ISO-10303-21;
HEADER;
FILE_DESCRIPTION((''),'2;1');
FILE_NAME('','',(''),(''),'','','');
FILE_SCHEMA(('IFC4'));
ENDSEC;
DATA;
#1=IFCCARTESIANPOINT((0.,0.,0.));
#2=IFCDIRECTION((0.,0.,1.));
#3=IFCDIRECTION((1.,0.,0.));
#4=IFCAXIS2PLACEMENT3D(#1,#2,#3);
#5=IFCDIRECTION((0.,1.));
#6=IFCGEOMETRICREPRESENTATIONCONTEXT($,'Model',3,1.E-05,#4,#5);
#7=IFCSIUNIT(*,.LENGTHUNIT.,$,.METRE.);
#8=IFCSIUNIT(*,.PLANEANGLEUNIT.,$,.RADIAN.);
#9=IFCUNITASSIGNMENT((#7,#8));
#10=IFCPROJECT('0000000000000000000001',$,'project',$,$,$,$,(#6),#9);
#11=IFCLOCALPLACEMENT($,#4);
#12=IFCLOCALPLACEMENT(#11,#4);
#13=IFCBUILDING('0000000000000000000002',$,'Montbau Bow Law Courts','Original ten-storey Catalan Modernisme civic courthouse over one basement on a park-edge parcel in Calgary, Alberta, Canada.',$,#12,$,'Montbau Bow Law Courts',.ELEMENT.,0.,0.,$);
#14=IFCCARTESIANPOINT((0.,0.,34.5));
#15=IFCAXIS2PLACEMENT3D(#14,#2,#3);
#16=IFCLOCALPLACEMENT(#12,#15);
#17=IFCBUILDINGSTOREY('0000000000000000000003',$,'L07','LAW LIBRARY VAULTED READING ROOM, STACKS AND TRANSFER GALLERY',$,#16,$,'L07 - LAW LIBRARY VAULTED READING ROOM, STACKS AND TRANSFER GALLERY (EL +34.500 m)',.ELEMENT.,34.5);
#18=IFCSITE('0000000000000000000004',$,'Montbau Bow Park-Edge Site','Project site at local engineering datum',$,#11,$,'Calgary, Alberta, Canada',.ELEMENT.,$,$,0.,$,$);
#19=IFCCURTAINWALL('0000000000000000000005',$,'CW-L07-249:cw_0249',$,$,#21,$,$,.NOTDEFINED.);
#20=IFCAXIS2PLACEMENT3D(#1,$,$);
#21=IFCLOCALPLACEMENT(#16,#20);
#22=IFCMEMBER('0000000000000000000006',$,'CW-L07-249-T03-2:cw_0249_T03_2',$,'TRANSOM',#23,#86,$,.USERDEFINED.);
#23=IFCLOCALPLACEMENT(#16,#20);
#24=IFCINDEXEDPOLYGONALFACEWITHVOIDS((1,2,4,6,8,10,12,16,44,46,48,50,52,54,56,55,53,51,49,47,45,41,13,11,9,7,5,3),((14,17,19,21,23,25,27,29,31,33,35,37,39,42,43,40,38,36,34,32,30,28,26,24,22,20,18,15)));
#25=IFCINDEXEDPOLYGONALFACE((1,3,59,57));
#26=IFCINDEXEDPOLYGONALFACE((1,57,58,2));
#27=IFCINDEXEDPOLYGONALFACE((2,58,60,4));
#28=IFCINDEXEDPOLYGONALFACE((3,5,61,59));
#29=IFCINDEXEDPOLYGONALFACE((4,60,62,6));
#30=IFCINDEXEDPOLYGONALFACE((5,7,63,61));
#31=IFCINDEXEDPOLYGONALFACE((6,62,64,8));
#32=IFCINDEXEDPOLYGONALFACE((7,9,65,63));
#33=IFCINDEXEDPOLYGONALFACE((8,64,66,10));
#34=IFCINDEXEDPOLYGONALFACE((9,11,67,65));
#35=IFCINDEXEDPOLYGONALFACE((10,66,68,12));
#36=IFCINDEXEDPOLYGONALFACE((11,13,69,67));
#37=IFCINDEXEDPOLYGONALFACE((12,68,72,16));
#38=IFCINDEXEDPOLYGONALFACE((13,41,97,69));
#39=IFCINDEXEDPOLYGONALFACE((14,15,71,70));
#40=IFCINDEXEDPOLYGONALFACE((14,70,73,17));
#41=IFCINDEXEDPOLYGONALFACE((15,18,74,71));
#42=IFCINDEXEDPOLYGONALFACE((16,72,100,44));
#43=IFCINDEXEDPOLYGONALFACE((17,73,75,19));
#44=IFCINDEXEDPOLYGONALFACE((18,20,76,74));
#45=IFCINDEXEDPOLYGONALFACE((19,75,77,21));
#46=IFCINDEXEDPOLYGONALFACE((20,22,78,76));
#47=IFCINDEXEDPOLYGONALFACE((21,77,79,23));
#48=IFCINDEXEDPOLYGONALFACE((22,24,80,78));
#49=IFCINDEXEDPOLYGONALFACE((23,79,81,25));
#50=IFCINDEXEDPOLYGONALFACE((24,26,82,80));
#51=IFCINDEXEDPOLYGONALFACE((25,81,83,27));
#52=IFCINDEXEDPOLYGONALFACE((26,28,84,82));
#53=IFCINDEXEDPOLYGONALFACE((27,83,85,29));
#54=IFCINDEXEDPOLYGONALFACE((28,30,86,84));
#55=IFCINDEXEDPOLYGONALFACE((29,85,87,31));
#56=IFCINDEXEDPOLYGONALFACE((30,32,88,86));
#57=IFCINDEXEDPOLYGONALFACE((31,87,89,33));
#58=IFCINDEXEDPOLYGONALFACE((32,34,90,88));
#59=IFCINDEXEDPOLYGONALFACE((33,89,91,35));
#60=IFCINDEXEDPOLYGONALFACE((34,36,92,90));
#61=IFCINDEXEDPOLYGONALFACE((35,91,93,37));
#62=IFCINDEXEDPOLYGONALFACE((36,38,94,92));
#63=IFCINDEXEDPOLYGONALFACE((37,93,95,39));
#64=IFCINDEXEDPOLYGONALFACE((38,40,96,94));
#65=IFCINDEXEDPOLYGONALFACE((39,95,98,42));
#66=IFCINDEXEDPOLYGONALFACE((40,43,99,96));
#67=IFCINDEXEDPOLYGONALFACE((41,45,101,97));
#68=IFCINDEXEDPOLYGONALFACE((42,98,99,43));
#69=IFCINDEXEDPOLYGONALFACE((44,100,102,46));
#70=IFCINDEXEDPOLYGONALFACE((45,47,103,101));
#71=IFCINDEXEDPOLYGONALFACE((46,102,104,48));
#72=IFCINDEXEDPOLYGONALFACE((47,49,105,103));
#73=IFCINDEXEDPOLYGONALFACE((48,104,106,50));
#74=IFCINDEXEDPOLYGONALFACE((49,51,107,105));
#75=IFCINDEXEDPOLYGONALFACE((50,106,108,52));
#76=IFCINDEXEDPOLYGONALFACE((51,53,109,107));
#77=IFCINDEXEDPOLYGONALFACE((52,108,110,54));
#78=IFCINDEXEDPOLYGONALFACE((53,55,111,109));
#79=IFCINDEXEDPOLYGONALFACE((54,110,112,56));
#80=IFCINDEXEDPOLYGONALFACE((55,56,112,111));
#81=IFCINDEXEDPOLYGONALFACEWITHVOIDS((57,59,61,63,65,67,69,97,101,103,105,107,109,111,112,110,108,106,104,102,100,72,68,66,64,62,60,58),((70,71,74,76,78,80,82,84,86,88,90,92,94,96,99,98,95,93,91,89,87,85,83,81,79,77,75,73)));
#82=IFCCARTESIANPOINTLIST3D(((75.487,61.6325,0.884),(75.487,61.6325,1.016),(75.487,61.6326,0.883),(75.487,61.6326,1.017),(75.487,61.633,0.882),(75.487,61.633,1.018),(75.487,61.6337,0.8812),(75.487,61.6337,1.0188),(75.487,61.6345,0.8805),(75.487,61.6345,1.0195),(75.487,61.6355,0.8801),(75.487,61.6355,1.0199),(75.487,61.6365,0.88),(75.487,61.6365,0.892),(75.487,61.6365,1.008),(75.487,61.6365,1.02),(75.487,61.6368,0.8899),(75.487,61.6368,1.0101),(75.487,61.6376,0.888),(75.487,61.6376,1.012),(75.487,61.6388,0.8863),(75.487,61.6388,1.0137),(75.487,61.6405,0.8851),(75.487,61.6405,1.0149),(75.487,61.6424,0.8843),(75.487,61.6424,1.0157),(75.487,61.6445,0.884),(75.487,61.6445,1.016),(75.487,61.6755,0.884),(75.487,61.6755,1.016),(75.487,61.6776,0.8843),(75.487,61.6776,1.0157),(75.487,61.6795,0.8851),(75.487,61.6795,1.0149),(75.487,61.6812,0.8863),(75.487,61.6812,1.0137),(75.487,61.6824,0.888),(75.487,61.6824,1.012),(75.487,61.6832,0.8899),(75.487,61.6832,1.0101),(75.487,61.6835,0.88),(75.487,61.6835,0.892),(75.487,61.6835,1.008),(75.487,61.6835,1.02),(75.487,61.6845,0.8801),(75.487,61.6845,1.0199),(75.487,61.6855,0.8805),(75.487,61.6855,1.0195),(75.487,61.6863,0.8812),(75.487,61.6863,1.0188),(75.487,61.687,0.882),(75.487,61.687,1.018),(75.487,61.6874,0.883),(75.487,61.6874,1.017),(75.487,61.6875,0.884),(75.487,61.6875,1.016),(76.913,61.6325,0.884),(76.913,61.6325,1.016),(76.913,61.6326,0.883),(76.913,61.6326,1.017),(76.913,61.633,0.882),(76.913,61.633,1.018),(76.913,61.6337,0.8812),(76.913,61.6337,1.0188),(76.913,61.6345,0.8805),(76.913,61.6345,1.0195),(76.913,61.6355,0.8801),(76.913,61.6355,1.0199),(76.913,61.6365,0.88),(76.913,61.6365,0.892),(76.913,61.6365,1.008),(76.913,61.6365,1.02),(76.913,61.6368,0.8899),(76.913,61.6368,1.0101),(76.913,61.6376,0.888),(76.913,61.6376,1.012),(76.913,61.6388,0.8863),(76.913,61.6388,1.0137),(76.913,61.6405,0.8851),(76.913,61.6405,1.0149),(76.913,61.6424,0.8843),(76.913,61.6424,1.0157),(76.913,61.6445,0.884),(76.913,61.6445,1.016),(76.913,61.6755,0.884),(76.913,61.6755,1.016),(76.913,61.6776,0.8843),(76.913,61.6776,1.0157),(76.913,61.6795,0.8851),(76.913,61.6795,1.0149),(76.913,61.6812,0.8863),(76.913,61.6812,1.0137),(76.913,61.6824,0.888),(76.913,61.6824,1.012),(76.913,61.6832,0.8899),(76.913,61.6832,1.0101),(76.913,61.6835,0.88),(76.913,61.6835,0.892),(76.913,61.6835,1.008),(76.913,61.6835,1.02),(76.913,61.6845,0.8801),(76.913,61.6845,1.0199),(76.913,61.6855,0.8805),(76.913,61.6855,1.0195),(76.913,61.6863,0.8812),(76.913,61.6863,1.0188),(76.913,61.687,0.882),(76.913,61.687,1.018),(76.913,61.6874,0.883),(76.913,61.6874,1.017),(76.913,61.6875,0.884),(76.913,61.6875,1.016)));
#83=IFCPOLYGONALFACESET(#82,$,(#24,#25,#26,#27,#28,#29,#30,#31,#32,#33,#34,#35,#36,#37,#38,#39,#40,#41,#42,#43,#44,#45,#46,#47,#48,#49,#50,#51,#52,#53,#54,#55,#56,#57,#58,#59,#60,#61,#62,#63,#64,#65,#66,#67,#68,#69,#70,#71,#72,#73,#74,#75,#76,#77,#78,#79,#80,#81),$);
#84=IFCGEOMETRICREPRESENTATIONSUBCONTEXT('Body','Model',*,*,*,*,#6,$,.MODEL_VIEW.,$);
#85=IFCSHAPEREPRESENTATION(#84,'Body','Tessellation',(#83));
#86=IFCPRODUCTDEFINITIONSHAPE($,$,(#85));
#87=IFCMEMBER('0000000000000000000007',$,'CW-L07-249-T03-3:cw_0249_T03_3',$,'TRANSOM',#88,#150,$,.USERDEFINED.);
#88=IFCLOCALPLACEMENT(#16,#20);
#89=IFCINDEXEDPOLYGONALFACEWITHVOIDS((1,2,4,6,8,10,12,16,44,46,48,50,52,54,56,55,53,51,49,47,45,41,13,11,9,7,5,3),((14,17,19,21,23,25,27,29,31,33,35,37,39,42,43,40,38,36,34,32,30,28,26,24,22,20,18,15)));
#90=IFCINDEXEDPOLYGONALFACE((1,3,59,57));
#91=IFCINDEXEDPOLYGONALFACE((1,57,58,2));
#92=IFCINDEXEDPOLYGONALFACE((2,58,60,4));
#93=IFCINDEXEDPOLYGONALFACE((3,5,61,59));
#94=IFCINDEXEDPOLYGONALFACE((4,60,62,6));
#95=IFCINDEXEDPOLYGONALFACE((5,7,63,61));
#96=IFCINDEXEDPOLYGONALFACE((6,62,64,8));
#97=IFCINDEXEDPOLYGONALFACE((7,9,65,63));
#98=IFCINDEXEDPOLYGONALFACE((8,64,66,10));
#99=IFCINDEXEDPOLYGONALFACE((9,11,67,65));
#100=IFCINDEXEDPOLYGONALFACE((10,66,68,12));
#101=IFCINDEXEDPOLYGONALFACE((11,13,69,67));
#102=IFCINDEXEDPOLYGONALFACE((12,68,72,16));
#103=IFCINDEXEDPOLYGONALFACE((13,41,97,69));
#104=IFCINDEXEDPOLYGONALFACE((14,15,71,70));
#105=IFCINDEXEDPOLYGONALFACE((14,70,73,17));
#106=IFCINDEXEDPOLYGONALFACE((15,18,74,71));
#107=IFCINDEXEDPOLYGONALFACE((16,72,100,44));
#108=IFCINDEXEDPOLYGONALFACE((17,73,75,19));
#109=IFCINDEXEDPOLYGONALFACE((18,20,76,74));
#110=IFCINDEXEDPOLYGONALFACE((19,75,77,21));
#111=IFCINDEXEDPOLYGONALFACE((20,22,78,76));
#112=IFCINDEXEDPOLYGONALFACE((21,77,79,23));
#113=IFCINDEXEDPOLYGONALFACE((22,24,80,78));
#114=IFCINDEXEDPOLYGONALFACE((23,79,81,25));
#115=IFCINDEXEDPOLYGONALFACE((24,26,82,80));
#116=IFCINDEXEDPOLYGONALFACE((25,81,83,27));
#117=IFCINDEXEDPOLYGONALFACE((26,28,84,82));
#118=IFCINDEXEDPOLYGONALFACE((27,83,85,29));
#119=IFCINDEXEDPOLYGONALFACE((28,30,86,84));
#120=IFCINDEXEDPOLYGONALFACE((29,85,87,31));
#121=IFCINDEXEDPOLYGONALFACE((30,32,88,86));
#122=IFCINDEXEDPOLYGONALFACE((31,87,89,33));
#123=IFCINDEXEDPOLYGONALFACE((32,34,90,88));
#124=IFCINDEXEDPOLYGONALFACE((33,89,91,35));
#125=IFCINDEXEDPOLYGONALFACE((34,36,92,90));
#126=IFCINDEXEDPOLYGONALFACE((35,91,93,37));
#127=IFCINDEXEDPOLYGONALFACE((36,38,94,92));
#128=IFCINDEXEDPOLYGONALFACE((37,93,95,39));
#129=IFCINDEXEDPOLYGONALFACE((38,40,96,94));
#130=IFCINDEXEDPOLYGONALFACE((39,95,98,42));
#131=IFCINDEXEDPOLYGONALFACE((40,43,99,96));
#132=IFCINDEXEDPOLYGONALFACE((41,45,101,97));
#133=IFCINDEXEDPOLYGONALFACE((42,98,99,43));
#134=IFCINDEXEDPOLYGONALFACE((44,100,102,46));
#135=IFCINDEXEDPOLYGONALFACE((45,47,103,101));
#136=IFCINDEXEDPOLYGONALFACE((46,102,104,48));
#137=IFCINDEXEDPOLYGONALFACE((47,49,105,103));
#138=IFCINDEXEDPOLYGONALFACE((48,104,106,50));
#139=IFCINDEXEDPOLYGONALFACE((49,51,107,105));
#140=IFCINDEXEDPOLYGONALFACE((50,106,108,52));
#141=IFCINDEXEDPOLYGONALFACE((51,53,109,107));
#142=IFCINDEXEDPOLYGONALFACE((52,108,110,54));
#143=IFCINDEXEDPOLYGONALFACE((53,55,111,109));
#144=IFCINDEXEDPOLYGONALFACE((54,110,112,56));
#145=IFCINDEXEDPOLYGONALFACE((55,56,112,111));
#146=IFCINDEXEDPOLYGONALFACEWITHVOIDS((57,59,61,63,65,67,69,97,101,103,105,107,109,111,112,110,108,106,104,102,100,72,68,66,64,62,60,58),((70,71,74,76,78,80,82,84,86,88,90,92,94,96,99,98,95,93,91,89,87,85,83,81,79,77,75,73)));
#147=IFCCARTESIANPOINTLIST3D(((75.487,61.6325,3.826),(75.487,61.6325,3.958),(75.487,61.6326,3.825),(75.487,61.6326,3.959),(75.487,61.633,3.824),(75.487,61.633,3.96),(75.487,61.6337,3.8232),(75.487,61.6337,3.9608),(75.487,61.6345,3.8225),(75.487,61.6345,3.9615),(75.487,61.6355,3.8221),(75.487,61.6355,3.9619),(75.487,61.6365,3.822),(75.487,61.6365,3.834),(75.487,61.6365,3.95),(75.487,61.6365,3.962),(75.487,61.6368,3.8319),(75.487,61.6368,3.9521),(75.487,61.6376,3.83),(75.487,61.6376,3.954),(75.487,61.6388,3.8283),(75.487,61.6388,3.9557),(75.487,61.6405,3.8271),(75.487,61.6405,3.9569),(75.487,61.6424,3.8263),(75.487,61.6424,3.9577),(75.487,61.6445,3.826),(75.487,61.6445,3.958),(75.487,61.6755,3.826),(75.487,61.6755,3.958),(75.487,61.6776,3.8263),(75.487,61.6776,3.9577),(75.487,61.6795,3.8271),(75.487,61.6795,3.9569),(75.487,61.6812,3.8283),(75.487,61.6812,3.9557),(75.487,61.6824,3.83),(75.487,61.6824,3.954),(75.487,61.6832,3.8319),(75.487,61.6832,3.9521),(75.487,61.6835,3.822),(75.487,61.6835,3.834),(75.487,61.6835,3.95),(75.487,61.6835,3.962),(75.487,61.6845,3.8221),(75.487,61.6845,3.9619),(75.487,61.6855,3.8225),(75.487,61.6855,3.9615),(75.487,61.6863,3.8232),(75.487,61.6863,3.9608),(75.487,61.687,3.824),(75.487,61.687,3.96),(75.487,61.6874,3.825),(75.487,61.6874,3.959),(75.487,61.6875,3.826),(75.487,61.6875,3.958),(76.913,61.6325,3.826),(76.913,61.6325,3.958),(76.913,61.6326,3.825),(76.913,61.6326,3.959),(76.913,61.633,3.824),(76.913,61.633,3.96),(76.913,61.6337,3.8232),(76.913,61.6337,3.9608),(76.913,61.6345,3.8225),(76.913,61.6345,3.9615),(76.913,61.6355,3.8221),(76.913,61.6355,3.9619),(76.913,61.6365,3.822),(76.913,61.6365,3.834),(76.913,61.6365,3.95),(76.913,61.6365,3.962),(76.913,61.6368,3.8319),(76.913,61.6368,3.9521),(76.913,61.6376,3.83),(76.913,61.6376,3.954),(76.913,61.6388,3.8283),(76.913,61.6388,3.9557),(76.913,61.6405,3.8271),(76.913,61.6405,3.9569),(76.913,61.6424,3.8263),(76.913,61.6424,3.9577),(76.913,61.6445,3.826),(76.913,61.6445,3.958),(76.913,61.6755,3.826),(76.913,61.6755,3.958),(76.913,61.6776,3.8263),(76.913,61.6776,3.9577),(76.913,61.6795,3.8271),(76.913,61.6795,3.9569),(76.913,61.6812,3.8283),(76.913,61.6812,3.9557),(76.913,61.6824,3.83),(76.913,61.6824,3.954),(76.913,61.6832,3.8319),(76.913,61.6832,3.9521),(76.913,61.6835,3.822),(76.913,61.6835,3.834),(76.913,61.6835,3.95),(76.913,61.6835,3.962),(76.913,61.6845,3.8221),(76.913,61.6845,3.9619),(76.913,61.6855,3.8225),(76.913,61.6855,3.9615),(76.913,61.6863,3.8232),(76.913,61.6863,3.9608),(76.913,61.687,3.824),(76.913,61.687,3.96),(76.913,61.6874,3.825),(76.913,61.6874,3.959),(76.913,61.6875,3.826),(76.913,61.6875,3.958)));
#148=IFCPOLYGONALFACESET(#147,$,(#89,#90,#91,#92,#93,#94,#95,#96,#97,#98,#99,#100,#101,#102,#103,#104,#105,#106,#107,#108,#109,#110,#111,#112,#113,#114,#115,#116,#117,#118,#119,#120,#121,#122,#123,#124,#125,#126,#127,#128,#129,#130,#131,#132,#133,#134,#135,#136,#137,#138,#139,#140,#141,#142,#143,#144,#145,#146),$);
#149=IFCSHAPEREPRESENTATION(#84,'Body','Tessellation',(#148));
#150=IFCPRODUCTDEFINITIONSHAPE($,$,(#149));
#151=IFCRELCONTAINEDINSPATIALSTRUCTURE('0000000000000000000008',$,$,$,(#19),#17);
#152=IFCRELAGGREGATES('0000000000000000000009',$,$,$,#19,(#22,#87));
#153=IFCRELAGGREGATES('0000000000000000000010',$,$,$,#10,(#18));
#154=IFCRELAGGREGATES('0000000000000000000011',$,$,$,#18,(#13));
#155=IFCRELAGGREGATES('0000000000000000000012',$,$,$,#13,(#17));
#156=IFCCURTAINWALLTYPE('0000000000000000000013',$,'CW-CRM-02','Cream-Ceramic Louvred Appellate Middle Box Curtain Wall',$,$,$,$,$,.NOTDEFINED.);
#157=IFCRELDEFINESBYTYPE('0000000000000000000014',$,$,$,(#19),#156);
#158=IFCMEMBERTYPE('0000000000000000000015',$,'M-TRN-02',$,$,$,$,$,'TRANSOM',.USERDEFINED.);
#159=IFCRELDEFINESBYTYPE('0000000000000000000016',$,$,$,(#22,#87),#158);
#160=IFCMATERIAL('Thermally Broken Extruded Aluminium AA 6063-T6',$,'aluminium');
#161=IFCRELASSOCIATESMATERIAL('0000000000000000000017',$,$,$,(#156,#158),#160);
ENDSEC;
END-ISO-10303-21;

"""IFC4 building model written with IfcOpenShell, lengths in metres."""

from ifc_helpers import new_model, si_unit, direction, frame, origin_with_axes, origin_2d_with_axis, place, context, subcontext, project, spatial, hollow_rectangle, extrude, material, material_profile, profile_set, type_object, element, aggregate, save


model = new_model("IFC4")

# Units and contexts
model_context = context("Model", 3, precision=1e-05, world=origin_with_axes(), true_north=direction((0.0, 1.0)))
body_context = subcontext(model_context, "Body", "Model", "MODEL_VIEW")
ifc_project = project(units=[si_unit("LENGTHUNIT", "METRE"), si_unit("PLANEANGLEUNIT", "RADIAN")], contexts=[model_context])

# Site, building, storey
site_placement = place(None, origin_with_axes())
site = spatial("IfcSite", under=ifc_project, at=site_placement, Name="Montbau Bow Park-Edge Site", Description="Project site at local engineering datum", LongName="Calgary, Alberta, Canada", CompositionType="ELEMENT", RefElevation=0.0)
building_placement = place(site_placement, origin_with_axes())
building = spatial("IfcBuilding", under=site, at=building_placement, Name="Montbau Bow Law Courts", Description="Original ten-storey Catalan Modernisme civic courthouse over one basement on a park-edge parcel in Calgary, Alberta, Canada.", LongName="Montbau Bow Law Courts", CompositionType="ELEMENT", ElevationOfRefHeight=0.0, ElevationOfTerrain=0.0)
storey_placement = place(building_placement, frame((0.0, 0.0, 34.5), z_axis=(0.0, 0.0, 1.0), x_axis=(1.0, 0.0, 0.0)))
storey = spatial("IfcBuildingStorey", under=building, at=storey_placement, Name="L07", Description="LAW LIBRARY VAULTED READING ROOM, STACKS AND TRANSFER GALLERY", LongName="L07 - LAW LIBRARY VAULTED READING ROOM, STACKS AND TRANSFER GALLERY (EL +34.500 m)", CompositionType="ELEMENT", Elevation=34.5)

# Curtain wall
ifc_material_1 = material(Name="Thermally Broken Extruded Aluminium AA 6063-T6", Category="aluminium")
curtain_wall_type = type_object("IfcCurtainWallType", Name="CW-CRM-02", Description="Cream-Ceramic Louvred Appellate Middle Box Curtain Wall", PredefinedType="NOTDEFINED", material=ifc_material_1)
curtain_wall_1_placement = place(None, frame((72.44, 61.66, 34.5), z_axis=(0.0, 0.0, 1.0), x_axis=(1.0, 0.0, 0.0)))
curtain_wall_1 = element("IfcCurtainWall", 1, at=curtain_wall_1_placement, inside=storey, type_object=curtain_wall_type, Name="CW-L07-249:cw_0249", PredefinedType="NOTDEFINED")

# Members
ifc_material_profile_1 = material_profile(ifc_material_1, hollow_rectangle(XDim=0.055, YDim=0.14, WallThickness=0.004, InnerFilletRadius=0.008, OuterFilletRadius=0.004, at=origin_2d_with_axis()), Name="CWT-140X55", Category="Main", Priority=0)
ifc_profile_set_1 = profile_set([ifc_material_profile_1], Name="Thermally Broken Extruded Aluminium AA 6063-T6")
member_type_1 = type_object("IfcMemberType", Name="M-TRN-02", ElementType="TRANSOM", PredefinedType="USERDEFINED", material=ifc_profile_set_1)
member_1_placement = place(None, frame((75.487, 61.66, 35.45), z_axis=(1.0, 0.0, 0.0), x_axis=(0.0, 1.0, 0.0)))
member_1 = element("IfcMember", 2, at=member_1_placement, type_object=member_type_1, Name="CW-L07-249-T03-2:cw_0249_T03_2", ObjectType="TRANSOM", PredefinedType="USERDEFINED", context=body_context, shape_type="SweptSolid", body=[
    extrude(hollow_rectangle(XDim=0.055, YDim=0.14, WallThickness=0.004, InnerFilletRadius=0.008, OuterFilletRadius=0.004, at=origin_2d_with_axis()), origin_with_axes(), (0.0, 0.0, 1.0), 1.426),
])
member_2_placement = place(None, frame((75.487, 61.66, 38.392), z_axis=(1.0, 0.0, 0.0), x_axis=(0.0, 1.0, 0.0)))
member_2 = element("IfcMember", 3, at=member_2_placement, type_object=member_type_1, Name="CW-L07-249-T03-3:cw_0249_T03_3", ObjectType="TRANSOM", PredefinedType="USERDEFINED", context=body_context, shape_type="SweptSolid", body=[
    extrude(hollow_rectangle(XDim=0.055, YDim=0.14, WallThickness=0.004, InnerFilletRadius=0.008, OuterFilletRadius=0.004, at=origin_2d_with_axis()), origin_with_axes(), (0.0, 0.0, 1.0), 1.426),
])

aggregate(curtain_wall_1, [member_1, member_2])

save(model, "model.ifc")
